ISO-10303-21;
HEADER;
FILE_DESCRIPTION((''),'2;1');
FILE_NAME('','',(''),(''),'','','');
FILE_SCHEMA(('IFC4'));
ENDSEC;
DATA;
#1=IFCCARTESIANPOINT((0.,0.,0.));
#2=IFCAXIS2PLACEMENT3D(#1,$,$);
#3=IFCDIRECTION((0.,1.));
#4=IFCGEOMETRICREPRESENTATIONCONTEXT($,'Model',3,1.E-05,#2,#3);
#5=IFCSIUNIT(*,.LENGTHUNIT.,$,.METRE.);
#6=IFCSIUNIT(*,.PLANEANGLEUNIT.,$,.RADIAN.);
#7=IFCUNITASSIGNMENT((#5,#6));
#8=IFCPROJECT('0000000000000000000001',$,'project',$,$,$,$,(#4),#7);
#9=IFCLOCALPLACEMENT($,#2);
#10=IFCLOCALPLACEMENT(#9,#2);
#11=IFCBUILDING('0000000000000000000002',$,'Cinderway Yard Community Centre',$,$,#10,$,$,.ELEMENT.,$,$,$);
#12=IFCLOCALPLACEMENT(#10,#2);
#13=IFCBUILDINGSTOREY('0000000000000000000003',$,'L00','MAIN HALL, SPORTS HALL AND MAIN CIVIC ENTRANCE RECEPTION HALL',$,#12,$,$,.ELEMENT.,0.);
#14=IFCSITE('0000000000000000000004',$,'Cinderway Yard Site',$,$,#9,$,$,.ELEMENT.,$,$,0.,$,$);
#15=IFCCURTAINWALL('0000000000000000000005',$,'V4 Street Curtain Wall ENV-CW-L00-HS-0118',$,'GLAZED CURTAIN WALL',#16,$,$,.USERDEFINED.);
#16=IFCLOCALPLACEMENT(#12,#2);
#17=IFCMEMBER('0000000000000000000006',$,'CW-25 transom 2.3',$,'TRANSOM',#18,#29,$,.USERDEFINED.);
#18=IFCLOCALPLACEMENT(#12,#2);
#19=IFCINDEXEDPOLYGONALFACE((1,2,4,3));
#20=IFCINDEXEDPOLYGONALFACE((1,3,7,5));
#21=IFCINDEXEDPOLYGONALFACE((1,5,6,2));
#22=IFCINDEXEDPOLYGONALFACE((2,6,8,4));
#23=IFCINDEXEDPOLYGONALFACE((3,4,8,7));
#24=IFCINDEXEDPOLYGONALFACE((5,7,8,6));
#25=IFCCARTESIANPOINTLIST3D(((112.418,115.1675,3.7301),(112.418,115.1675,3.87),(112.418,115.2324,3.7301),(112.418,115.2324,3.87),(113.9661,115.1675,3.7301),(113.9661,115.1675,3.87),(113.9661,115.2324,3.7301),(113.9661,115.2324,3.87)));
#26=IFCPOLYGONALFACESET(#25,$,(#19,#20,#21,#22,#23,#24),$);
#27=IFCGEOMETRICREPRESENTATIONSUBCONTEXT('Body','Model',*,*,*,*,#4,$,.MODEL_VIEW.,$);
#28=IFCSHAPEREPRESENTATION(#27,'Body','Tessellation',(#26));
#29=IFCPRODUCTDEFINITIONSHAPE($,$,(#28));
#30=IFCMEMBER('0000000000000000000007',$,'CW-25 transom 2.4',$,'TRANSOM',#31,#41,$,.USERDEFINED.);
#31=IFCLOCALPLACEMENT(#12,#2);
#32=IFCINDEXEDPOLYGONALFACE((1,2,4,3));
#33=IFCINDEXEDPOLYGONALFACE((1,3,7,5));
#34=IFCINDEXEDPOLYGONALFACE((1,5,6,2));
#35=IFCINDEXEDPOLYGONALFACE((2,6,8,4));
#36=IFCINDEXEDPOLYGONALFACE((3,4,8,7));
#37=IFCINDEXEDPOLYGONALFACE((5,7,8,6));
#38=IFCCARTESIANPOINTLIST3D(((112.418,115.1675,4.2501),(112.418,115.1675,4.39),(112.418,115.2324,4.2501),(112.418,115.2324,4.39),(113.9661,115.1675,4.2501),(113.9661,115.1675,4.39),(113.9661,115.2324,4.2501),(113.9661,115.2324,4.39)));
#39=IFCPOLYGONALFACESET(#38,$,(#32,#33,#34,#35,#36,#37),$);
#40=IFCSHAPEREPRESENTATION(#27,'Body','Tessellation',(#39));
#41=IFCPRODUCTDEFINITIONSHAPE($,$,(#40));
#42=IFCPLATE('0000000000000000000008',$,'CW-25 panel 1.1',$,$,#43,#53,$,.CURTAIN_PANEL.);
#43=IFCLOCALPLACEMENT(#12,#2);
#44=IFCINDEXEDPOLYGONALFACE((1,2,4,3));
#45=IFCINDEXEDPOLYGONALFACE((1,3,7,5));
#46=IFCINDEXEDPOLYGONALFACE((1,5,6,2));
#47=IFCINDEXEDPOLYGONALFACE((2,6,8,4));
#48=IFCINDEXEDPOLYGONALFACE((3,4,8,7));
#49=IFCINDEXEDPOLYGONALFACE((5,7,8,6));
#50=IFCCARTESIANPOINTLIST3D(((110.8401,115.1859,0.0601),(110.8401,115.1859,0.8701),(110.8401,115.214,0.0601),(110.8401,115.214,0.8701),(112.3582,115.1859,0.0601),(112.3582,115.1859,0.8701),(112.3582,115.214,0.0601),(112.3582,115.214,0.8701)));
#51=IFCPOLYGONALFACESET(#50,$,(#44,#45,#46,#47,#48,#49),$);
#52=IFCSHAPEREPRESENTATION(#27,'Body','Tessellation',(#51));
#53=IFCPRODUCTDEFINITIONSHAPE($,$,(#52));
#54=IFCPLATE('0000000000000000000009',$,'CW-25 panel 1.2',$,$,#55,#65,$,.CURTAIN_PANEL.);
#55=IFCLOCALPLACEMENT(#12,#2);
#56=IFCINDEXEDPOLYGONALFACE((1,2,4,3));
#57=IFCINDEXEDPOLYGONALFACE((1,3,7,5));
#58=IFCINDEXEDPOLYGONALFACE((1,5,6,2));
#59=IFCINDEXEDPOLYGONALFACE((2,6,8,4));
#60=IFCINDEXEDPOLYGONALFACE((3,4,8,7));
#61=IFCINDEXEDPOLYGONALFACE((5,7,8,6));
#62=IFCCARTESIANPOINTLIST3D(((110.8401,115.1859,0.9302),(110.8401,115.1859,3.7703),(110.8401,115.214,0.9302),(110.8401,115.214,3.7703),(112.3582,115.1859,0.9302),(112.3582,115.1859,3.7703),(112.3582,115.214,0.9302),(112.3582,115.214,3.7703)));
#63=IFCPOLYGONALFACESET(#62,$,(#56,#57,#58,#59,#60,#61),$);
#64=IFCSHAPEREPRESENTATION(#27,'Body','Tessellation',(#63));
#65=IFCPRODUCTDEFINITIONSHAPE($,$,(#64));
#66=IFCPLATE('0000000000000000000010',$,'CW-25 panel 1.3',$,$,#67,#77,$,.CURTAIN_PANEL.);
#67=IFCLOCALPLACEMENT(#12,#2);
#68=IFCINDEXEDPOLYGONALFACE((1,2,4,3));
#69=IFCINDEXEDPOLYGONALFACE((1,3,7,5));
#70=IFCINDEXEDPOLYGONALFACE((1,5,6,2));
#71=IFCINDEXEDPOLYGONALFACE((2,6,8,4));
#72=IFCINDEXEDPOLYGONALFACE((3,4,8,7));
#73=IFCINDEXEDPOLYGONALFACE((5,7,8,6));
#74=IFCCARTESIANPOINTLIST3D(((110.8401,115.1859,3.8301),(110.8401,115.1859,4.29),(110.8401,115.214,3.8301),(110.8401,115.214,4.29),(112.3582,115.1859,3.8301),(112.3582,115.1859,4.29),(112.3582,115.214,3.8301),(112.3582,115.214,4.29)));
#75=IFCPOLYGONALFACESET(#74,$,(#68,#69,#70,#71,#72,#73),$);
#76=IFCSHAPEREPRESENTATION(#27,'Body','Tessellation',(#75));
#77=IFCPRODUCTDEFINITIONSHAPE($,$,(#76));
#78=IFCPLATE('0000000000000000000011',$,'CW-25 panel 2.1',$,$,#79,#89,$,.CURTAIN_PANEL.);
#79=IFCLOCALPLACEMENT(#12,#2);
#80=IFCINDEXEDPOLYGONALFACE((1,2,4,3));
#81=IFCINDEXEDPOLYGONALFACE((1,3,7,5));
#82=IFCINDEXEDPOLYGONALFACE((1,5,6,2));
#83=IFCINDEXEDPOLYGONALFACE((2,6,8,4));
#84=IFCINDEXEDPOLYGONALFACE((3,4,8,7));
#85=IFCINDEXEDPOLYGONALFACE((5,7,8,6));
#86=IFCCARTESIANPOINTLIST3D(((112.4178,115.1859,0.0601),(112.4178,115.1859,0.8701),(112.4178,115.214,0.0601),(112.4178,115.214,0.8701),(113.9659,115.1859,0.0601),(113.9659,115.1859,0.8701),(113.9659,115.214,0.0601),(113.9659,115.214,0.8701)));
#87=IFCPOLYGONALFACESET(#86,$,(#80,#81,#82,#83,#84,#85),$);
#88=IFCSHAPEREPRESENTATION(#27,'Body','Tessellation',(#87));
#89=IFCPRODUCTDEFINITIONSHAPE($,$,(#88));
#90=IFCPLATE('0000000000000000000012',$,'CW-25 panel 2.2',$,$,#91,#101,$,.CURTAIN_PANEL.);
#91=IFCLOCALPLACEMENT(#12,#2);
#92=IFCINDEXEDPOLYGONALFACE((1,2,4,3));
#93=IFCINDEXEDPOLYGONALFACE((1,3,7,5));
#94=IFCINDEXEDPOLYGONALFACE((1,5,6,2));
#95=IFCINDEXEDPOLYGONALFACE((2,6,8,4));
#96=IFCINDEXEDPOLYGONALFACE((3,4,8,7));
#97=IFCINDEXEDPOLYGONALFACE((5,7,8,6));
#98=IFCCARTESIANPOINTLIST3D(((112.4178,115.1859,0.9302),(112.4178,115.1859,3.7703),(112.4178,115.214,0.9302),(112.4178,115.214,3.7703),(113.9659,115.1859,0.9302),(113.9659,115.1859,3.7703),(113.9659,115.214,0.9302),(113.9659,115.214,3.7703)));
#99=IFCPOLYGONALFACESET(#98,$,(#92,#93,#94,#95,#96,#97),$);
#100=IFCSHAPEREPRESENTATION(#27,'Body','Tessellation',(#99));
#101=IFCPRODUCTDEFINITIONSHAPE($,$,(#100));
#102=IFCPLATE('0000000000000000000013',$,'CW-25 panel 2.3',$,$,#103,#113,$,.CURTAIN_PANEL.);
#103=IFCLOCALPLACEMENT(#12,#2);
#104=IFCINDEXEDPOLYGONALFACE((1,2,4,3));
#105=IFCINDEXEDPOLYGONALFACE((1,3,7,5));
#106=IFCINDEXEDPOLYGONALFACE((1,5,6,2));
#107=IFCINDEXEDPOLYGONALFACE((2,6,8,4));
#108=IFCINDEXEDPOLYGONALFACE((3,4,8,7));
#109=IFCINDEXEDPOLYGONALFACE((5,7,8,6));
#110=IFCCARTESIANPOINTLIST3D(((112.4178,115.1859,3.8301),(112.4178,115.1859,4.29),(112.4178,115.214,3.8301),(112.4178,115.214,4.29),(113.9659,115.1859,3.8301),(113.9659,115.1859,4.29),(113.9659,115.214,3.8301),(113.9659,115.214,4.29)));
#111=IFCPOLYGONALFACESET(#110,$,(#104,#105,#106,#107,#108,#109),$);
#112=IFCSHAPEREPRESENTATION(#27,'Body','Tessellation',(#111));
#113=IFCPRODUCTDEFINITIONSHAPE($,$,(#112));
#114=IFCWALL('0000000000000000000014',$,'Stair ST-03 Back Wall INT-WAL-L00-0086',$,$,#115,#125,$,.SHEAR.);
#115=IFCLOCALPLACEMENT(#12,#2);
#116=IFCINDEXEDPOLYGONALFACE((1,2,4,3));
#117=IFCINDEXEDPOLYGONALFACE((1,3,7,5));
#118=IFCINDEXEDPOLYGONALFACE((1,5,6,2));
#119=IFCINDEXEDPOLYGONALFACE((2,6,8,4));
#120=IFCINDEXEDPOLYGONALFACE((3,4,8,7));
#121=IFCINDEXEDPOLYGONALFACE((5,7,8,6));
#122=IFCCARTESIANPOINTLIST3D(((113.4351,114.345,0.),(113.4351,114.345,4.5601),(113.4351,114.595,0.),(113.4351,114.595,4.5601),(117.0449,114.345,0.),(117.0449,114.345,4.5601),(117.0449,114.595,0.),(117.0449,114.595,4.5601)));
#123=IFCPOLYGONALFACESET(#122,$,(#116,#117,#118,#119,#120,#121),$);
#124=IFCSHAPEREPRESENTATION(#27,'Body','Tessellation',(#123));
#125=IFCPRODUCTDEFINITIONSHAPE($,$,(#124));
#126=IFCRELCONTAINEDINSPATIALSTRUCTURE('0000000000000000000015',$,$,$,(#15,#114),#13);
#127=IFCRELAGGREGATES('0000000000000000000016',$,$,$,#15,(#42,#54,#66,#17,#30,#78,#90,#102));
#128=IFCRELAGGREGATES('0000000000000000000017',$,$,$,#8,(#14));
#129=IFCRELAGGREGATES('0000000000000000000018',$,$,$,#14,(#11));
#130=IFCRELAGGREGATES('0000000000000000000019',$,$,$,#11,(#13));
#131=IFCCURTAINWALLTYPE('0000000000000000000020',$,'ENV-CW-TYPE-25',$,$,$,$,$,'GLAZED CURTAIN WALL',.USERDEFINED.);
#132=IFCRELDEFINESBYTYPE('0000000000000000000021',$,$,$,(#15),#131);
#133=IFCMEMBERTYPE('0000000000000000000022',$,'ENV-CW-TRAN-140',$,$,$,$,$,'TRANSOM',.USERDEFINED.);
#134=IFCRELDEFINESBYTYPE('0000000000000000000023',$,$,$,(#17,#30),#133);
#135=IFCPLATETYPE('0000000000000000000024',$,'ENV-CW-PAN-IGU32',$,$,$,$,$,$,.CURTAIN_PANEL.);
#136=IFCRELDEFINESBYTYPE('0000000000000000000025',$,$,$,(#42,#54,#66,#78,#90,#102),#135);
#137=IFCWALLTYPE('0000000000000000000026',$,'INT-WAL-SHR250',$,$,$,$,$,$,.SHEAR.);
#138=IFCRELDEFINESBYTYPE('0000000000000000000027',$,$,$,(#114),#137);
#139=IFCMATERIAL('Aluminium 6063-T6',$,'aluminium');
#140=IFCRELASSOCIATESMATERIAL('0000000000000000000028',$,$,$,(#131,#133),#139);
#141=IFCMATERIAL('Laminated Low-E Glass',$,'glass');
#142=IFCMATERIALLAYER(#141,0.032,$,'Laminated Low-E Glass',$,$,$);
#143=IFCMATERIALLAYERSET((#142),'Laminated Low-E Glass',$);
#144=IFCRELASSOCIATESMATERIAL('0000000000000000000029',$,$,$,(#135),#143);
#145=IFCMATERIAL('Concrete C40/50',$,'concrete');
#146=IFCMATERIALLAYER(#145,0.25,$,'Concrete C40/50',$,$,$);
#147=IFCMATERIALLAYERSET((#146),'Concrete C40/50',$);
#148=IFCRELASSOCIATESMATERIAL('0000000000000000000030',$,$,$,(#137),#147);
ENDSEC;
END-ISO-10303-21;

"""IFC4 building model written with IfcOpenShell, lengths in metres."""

from ifc_helpers import new_model, si_unit, direction, frame, frame_2d, origin, origin_2d, place, context, subcontext, project, spatial, rectangle, extrude, material, layer, layer_set, material_profile, profile_set, type_object, element, aggregate, save


model = new_model("IFC4")

# Units and contexts
model_context = context("Model", 3, precision=1e-05, world=origin(), true_north=direction((0.0, 1.0)))
body_context = subcontext(model_context, "Body", "Model", "MODEL_VIEW")
ifc_project = project(units=[si_unit("LENGTHUNIT", "METRE"), si_unit("PLANEANGLEUNIT", "RADIAN")], contexts=[model_context])

# Site, building, storey
site_placement = place(None, origin())
site = spatial("IfcSite", under=ifc_project, at=site_placement, Name="Cinderway Yard Site", CompositionType="ELEMENT", RefElevation=0.0)
building_placement = place(site_placement, origin())
building = spatial("IfcBuilding", under=site, at=building_placement, Name="Cinderway Yard Community Centre", CompositionType="ELEMENT")
storey_placement = place(building_placement, origin())
storey = spatial("IfcBuildingStorey", under=building, at=storey_placement, Name="L00", Description="MAIN HALL, SPORTS HALL AND MAIN CIVIC ENTRANCE RECEPTION HALL", CompositionType="ELEMENT", Elevation=0.0)

# Shared definitions
ifc_material_1 = material(Name="Concrete C40/50", Category="concrete")

# Curtain wall, members, plates
ifc_material_2 = material(Name="Aluminium 6063-T6", Category="aluminium")
curtain_wall_type = type_object("IfcCurtainWallType", Name="ENV-CW-TYPE-25", ElementType="GLAZED CURTAIN WALL", PredefinedType="USERDEFINED", material=ifc_material_2)
curtain_wall_placement = place(storey_placement, origin())
curtain_wall = element("IfcCurtainWall", 1, at=curtain_wall_placement, inside=storey, type_object=curtain_wall_type, Name="V4 Street Curtain Wall ENV-CW-L00-HS-0118", ObjectType="GLAZED CURTAIN WALL", PredefinedType="USERDEFINED")
ifc_material_profile_1 = material_profile(ifc_material_2, rectangle(XDim=0.0649, YDim=0.1399, at=origin_2d()), Name="Aluminium 6063-T6")
ifc_profile_set_1 = profile_set([ifc_material_profile_1], Name="Aluminium 6063-T6")
member_type_1 = type_object("IfcMemberType", Name="ENV-CW-TRAN-140", ElementType="TRANSOM", PredefinedType="USERDEFINED", material=ifc_profile_set_1)
member_1_placement = place(storey_placement, frame((112.418, 115.2, 3.8), z_axis=(1.0, 0.0, 0.0), x_axis=(0.0, 1.0, 0.0)))
member_1 = element("IfcMember", 2, at=member_1_placement, type_object=member_type_1, Name="CW-25 transom 2.3", ObjectType="TRANSOM", PredefinedType="USERDEFINED", context=body_context, shape_type="SweptSolid", body=[
    extrude(rectangle(XDim=0.0649, YDim=0.1399, at=origin_2d()), origin(), (0.0, 0.0, 1.0), 1.5481),
])
member_2_placement = place(storey_placement, frame((112.418, 115.2, 4.3201), z_axis=(1.0, 0.0, 0.0), x_axis=(0.0, 1.0, 0.0)))
member_2 = element("IfcMember", 3, at=member_2_placement, type_object=member_type_1, Name="CW-25 transom 2.4", ObjectType="TRANSOM", PredefinedType="USERDEFINED", context=body_context, shape_type="SweptSolid", body=[
    extrude(rectangle(XDim=0.0649, YDim=0.1399, at=origin_2d()), origin(), (0.0, 0.0, 1.0), 1.5481),
])
ifc_material_3 = material(Name="Laminated Low-E Glass", Category="glass")
ifc_layer_1 = layer(ifc_material_3, 0.032, Name="Laminated Low-E Glass")
ifc_layer_set_1 = layer_set([ifc_layer_1], Name="Laminated Low-E Glass")
plate_type = type_object("IfcPlateType", Name="ENV-CW-PAN-IGU32", PredefinedType="CURTAIN_PANEL", material=ifc_layer_set_1)
plate_1_placement = place(storey_placement, frame((111.5991, 115.2, 0.0601), z_axis=(0.0, 0.0, 1.0), x_axis=(1.0, 0.0, 0.0)))
plate_1 = element("IfcPlate", 4, at=plate_1_placement, type_object=plate_type, Name="CW-25 panel 1.1", PredefinedType="CURTAIN_PANEL", context=body_context, shape_type="SweptSolid", body=[
    extrude(rectangle(XDim=1.5181, YDim=0.0281, at=origin_2d()), origin(), (0.0, 0.0, 1.0), 0.8101),
])
plate_2_placement = place(storey_placement, frame((111.5991, 115.2, 0.9302), z_axis=(0.0, 0.0, 1.0), x_axis=(1.0, 0.0, 0.0)))
plate_2 = element("IfcPlate", 5, at=plate_2_placement, type_object=plate_type, Name="CW-25 panel 1.2", PredefinedType="CURTAIN_PANEL", context=body_context, shape_type="SweptSolid", body=[
    extrude(rectangle(XDim=1.5181, YDim=0.0281, at=origin_2d()), origin(), (0.0, 0.0, 1.0), 2.8401),
])
plate_3_placement = place(storey_placement, frame((111.5991, 115.2, 3.8301), z_axis=(0.0, 0.0, 1.0), x_axis=(1.0, 0.0, 0.0)))
plate_3 = element("IfcPlate", 6, at=plate_3_placement, type_object=plate_type, Name="CW-25 panel 1.3", PredefinedType="CURTAIN_PANEL", context=body_context, shape_type="SweptSolid", body=[
    extrude(rectangle(XDim=1.5181, YDim=0.0281, at=origin_2d()), origin(), (0.0, 0.0, 1.0), 0.46),
])
plate_4_placement = place(storey_placement, frame((113.1919, 115.2, 0.0601), z_axis=(0.0, 0.0, 1.0), x_axis=(1.0, 0.0, 0.0)))
plate_4 = element("IfcPlate", 7, at=plate_4_placement, type_object=plate_type, Name="CW-25 panel 2.1", PredefinedType="CURTAIN_PANEL", context=body_context, shape_type="SweptSolid", body=[
    extrude(rectangle(XDim=1.5481, YDim=0.0281, at=origin_2d()), origin(), (0.0, 0.0, 1.0), 0.8101),
])
plate_5_placement = place(storey_placement, frame((113.1919, 115.2, 0.9302), z_axis=(0.0, 0.0, 1.0), x_axis=(1.0, 0.0, 0.0)))
plate_5 = element("IfcPlate", 8, at=plate_5_placement, type_object=plate_type, Name="CW-25 panel 2.2", PredefinedType="CURTAIN_PANEL", context=body_context, shape_type="SweptSolid", body=[
    extrude(rectangle(XDim=1.5481, YDim=0.0281, at=origin_2d()), origin(), (0.0, 0.0, 1.0), 2.8401),
])
plate_6_placement = place(storey_placement, frame((113.1919, 115.2, 3.8301), z_axis=(0.0, 0.0, 1.0), x_axis=(1.0, 0.0, 0.0)))
plate_6 = element("IfcPlate", 9, at=plate_6_placement, type_object=plate_type, Name="CW-25 panel 2.3", PredefinedType="CURTAIN_PANEL", context=body_context, shape_type="SweptSolid", body=[
    extrude(rectangle(XDim=1.5481, YDim=0.0281, at=origin_2d()), origin(), (0.0, 0.0, 1.0), 0.46),
])
aggregate(curtain_wall, [plate_1, plate_2, plate_3, member_1, member_2, plate_4, plate_5, plate_6])

# Wall
ifc_layer_2 = layer(ifc_material_1, 0.25, Name="Concrete C40/50")
ifc_layer_set_2 = layer_set([ifc_layer_2], Name="Concrete C40/50")
wall_type = type_object("IfcWallType", Name="INT-WAL-SHR250", PredefinedType="SHEAR", material=ifc_layer_set_2)
wall_placement = place(storey_placement, frame((113.4351, 114.47, 0.0), z_axis=(0.0, 0.0, 1.0), x_axis=(1.0, 0.0, 0.0)))
element("IfcWall", 10, at=wall_placement, inside=storey, type_object=wall_type, Name="Stair ST-03 Back Wall INT-WAL-L00-0086", PredefinedType="SHEAR", context=body_context, shape_type="SweptSolid", body=[
    extrude(rectangle(XDim=3.6099, YDim=0.25, at=frame_2d((1.8049, 0.0))), origin(), (0.0, 0.0, 1.0), 4.5601),
])

save(model, "model.ifc")
